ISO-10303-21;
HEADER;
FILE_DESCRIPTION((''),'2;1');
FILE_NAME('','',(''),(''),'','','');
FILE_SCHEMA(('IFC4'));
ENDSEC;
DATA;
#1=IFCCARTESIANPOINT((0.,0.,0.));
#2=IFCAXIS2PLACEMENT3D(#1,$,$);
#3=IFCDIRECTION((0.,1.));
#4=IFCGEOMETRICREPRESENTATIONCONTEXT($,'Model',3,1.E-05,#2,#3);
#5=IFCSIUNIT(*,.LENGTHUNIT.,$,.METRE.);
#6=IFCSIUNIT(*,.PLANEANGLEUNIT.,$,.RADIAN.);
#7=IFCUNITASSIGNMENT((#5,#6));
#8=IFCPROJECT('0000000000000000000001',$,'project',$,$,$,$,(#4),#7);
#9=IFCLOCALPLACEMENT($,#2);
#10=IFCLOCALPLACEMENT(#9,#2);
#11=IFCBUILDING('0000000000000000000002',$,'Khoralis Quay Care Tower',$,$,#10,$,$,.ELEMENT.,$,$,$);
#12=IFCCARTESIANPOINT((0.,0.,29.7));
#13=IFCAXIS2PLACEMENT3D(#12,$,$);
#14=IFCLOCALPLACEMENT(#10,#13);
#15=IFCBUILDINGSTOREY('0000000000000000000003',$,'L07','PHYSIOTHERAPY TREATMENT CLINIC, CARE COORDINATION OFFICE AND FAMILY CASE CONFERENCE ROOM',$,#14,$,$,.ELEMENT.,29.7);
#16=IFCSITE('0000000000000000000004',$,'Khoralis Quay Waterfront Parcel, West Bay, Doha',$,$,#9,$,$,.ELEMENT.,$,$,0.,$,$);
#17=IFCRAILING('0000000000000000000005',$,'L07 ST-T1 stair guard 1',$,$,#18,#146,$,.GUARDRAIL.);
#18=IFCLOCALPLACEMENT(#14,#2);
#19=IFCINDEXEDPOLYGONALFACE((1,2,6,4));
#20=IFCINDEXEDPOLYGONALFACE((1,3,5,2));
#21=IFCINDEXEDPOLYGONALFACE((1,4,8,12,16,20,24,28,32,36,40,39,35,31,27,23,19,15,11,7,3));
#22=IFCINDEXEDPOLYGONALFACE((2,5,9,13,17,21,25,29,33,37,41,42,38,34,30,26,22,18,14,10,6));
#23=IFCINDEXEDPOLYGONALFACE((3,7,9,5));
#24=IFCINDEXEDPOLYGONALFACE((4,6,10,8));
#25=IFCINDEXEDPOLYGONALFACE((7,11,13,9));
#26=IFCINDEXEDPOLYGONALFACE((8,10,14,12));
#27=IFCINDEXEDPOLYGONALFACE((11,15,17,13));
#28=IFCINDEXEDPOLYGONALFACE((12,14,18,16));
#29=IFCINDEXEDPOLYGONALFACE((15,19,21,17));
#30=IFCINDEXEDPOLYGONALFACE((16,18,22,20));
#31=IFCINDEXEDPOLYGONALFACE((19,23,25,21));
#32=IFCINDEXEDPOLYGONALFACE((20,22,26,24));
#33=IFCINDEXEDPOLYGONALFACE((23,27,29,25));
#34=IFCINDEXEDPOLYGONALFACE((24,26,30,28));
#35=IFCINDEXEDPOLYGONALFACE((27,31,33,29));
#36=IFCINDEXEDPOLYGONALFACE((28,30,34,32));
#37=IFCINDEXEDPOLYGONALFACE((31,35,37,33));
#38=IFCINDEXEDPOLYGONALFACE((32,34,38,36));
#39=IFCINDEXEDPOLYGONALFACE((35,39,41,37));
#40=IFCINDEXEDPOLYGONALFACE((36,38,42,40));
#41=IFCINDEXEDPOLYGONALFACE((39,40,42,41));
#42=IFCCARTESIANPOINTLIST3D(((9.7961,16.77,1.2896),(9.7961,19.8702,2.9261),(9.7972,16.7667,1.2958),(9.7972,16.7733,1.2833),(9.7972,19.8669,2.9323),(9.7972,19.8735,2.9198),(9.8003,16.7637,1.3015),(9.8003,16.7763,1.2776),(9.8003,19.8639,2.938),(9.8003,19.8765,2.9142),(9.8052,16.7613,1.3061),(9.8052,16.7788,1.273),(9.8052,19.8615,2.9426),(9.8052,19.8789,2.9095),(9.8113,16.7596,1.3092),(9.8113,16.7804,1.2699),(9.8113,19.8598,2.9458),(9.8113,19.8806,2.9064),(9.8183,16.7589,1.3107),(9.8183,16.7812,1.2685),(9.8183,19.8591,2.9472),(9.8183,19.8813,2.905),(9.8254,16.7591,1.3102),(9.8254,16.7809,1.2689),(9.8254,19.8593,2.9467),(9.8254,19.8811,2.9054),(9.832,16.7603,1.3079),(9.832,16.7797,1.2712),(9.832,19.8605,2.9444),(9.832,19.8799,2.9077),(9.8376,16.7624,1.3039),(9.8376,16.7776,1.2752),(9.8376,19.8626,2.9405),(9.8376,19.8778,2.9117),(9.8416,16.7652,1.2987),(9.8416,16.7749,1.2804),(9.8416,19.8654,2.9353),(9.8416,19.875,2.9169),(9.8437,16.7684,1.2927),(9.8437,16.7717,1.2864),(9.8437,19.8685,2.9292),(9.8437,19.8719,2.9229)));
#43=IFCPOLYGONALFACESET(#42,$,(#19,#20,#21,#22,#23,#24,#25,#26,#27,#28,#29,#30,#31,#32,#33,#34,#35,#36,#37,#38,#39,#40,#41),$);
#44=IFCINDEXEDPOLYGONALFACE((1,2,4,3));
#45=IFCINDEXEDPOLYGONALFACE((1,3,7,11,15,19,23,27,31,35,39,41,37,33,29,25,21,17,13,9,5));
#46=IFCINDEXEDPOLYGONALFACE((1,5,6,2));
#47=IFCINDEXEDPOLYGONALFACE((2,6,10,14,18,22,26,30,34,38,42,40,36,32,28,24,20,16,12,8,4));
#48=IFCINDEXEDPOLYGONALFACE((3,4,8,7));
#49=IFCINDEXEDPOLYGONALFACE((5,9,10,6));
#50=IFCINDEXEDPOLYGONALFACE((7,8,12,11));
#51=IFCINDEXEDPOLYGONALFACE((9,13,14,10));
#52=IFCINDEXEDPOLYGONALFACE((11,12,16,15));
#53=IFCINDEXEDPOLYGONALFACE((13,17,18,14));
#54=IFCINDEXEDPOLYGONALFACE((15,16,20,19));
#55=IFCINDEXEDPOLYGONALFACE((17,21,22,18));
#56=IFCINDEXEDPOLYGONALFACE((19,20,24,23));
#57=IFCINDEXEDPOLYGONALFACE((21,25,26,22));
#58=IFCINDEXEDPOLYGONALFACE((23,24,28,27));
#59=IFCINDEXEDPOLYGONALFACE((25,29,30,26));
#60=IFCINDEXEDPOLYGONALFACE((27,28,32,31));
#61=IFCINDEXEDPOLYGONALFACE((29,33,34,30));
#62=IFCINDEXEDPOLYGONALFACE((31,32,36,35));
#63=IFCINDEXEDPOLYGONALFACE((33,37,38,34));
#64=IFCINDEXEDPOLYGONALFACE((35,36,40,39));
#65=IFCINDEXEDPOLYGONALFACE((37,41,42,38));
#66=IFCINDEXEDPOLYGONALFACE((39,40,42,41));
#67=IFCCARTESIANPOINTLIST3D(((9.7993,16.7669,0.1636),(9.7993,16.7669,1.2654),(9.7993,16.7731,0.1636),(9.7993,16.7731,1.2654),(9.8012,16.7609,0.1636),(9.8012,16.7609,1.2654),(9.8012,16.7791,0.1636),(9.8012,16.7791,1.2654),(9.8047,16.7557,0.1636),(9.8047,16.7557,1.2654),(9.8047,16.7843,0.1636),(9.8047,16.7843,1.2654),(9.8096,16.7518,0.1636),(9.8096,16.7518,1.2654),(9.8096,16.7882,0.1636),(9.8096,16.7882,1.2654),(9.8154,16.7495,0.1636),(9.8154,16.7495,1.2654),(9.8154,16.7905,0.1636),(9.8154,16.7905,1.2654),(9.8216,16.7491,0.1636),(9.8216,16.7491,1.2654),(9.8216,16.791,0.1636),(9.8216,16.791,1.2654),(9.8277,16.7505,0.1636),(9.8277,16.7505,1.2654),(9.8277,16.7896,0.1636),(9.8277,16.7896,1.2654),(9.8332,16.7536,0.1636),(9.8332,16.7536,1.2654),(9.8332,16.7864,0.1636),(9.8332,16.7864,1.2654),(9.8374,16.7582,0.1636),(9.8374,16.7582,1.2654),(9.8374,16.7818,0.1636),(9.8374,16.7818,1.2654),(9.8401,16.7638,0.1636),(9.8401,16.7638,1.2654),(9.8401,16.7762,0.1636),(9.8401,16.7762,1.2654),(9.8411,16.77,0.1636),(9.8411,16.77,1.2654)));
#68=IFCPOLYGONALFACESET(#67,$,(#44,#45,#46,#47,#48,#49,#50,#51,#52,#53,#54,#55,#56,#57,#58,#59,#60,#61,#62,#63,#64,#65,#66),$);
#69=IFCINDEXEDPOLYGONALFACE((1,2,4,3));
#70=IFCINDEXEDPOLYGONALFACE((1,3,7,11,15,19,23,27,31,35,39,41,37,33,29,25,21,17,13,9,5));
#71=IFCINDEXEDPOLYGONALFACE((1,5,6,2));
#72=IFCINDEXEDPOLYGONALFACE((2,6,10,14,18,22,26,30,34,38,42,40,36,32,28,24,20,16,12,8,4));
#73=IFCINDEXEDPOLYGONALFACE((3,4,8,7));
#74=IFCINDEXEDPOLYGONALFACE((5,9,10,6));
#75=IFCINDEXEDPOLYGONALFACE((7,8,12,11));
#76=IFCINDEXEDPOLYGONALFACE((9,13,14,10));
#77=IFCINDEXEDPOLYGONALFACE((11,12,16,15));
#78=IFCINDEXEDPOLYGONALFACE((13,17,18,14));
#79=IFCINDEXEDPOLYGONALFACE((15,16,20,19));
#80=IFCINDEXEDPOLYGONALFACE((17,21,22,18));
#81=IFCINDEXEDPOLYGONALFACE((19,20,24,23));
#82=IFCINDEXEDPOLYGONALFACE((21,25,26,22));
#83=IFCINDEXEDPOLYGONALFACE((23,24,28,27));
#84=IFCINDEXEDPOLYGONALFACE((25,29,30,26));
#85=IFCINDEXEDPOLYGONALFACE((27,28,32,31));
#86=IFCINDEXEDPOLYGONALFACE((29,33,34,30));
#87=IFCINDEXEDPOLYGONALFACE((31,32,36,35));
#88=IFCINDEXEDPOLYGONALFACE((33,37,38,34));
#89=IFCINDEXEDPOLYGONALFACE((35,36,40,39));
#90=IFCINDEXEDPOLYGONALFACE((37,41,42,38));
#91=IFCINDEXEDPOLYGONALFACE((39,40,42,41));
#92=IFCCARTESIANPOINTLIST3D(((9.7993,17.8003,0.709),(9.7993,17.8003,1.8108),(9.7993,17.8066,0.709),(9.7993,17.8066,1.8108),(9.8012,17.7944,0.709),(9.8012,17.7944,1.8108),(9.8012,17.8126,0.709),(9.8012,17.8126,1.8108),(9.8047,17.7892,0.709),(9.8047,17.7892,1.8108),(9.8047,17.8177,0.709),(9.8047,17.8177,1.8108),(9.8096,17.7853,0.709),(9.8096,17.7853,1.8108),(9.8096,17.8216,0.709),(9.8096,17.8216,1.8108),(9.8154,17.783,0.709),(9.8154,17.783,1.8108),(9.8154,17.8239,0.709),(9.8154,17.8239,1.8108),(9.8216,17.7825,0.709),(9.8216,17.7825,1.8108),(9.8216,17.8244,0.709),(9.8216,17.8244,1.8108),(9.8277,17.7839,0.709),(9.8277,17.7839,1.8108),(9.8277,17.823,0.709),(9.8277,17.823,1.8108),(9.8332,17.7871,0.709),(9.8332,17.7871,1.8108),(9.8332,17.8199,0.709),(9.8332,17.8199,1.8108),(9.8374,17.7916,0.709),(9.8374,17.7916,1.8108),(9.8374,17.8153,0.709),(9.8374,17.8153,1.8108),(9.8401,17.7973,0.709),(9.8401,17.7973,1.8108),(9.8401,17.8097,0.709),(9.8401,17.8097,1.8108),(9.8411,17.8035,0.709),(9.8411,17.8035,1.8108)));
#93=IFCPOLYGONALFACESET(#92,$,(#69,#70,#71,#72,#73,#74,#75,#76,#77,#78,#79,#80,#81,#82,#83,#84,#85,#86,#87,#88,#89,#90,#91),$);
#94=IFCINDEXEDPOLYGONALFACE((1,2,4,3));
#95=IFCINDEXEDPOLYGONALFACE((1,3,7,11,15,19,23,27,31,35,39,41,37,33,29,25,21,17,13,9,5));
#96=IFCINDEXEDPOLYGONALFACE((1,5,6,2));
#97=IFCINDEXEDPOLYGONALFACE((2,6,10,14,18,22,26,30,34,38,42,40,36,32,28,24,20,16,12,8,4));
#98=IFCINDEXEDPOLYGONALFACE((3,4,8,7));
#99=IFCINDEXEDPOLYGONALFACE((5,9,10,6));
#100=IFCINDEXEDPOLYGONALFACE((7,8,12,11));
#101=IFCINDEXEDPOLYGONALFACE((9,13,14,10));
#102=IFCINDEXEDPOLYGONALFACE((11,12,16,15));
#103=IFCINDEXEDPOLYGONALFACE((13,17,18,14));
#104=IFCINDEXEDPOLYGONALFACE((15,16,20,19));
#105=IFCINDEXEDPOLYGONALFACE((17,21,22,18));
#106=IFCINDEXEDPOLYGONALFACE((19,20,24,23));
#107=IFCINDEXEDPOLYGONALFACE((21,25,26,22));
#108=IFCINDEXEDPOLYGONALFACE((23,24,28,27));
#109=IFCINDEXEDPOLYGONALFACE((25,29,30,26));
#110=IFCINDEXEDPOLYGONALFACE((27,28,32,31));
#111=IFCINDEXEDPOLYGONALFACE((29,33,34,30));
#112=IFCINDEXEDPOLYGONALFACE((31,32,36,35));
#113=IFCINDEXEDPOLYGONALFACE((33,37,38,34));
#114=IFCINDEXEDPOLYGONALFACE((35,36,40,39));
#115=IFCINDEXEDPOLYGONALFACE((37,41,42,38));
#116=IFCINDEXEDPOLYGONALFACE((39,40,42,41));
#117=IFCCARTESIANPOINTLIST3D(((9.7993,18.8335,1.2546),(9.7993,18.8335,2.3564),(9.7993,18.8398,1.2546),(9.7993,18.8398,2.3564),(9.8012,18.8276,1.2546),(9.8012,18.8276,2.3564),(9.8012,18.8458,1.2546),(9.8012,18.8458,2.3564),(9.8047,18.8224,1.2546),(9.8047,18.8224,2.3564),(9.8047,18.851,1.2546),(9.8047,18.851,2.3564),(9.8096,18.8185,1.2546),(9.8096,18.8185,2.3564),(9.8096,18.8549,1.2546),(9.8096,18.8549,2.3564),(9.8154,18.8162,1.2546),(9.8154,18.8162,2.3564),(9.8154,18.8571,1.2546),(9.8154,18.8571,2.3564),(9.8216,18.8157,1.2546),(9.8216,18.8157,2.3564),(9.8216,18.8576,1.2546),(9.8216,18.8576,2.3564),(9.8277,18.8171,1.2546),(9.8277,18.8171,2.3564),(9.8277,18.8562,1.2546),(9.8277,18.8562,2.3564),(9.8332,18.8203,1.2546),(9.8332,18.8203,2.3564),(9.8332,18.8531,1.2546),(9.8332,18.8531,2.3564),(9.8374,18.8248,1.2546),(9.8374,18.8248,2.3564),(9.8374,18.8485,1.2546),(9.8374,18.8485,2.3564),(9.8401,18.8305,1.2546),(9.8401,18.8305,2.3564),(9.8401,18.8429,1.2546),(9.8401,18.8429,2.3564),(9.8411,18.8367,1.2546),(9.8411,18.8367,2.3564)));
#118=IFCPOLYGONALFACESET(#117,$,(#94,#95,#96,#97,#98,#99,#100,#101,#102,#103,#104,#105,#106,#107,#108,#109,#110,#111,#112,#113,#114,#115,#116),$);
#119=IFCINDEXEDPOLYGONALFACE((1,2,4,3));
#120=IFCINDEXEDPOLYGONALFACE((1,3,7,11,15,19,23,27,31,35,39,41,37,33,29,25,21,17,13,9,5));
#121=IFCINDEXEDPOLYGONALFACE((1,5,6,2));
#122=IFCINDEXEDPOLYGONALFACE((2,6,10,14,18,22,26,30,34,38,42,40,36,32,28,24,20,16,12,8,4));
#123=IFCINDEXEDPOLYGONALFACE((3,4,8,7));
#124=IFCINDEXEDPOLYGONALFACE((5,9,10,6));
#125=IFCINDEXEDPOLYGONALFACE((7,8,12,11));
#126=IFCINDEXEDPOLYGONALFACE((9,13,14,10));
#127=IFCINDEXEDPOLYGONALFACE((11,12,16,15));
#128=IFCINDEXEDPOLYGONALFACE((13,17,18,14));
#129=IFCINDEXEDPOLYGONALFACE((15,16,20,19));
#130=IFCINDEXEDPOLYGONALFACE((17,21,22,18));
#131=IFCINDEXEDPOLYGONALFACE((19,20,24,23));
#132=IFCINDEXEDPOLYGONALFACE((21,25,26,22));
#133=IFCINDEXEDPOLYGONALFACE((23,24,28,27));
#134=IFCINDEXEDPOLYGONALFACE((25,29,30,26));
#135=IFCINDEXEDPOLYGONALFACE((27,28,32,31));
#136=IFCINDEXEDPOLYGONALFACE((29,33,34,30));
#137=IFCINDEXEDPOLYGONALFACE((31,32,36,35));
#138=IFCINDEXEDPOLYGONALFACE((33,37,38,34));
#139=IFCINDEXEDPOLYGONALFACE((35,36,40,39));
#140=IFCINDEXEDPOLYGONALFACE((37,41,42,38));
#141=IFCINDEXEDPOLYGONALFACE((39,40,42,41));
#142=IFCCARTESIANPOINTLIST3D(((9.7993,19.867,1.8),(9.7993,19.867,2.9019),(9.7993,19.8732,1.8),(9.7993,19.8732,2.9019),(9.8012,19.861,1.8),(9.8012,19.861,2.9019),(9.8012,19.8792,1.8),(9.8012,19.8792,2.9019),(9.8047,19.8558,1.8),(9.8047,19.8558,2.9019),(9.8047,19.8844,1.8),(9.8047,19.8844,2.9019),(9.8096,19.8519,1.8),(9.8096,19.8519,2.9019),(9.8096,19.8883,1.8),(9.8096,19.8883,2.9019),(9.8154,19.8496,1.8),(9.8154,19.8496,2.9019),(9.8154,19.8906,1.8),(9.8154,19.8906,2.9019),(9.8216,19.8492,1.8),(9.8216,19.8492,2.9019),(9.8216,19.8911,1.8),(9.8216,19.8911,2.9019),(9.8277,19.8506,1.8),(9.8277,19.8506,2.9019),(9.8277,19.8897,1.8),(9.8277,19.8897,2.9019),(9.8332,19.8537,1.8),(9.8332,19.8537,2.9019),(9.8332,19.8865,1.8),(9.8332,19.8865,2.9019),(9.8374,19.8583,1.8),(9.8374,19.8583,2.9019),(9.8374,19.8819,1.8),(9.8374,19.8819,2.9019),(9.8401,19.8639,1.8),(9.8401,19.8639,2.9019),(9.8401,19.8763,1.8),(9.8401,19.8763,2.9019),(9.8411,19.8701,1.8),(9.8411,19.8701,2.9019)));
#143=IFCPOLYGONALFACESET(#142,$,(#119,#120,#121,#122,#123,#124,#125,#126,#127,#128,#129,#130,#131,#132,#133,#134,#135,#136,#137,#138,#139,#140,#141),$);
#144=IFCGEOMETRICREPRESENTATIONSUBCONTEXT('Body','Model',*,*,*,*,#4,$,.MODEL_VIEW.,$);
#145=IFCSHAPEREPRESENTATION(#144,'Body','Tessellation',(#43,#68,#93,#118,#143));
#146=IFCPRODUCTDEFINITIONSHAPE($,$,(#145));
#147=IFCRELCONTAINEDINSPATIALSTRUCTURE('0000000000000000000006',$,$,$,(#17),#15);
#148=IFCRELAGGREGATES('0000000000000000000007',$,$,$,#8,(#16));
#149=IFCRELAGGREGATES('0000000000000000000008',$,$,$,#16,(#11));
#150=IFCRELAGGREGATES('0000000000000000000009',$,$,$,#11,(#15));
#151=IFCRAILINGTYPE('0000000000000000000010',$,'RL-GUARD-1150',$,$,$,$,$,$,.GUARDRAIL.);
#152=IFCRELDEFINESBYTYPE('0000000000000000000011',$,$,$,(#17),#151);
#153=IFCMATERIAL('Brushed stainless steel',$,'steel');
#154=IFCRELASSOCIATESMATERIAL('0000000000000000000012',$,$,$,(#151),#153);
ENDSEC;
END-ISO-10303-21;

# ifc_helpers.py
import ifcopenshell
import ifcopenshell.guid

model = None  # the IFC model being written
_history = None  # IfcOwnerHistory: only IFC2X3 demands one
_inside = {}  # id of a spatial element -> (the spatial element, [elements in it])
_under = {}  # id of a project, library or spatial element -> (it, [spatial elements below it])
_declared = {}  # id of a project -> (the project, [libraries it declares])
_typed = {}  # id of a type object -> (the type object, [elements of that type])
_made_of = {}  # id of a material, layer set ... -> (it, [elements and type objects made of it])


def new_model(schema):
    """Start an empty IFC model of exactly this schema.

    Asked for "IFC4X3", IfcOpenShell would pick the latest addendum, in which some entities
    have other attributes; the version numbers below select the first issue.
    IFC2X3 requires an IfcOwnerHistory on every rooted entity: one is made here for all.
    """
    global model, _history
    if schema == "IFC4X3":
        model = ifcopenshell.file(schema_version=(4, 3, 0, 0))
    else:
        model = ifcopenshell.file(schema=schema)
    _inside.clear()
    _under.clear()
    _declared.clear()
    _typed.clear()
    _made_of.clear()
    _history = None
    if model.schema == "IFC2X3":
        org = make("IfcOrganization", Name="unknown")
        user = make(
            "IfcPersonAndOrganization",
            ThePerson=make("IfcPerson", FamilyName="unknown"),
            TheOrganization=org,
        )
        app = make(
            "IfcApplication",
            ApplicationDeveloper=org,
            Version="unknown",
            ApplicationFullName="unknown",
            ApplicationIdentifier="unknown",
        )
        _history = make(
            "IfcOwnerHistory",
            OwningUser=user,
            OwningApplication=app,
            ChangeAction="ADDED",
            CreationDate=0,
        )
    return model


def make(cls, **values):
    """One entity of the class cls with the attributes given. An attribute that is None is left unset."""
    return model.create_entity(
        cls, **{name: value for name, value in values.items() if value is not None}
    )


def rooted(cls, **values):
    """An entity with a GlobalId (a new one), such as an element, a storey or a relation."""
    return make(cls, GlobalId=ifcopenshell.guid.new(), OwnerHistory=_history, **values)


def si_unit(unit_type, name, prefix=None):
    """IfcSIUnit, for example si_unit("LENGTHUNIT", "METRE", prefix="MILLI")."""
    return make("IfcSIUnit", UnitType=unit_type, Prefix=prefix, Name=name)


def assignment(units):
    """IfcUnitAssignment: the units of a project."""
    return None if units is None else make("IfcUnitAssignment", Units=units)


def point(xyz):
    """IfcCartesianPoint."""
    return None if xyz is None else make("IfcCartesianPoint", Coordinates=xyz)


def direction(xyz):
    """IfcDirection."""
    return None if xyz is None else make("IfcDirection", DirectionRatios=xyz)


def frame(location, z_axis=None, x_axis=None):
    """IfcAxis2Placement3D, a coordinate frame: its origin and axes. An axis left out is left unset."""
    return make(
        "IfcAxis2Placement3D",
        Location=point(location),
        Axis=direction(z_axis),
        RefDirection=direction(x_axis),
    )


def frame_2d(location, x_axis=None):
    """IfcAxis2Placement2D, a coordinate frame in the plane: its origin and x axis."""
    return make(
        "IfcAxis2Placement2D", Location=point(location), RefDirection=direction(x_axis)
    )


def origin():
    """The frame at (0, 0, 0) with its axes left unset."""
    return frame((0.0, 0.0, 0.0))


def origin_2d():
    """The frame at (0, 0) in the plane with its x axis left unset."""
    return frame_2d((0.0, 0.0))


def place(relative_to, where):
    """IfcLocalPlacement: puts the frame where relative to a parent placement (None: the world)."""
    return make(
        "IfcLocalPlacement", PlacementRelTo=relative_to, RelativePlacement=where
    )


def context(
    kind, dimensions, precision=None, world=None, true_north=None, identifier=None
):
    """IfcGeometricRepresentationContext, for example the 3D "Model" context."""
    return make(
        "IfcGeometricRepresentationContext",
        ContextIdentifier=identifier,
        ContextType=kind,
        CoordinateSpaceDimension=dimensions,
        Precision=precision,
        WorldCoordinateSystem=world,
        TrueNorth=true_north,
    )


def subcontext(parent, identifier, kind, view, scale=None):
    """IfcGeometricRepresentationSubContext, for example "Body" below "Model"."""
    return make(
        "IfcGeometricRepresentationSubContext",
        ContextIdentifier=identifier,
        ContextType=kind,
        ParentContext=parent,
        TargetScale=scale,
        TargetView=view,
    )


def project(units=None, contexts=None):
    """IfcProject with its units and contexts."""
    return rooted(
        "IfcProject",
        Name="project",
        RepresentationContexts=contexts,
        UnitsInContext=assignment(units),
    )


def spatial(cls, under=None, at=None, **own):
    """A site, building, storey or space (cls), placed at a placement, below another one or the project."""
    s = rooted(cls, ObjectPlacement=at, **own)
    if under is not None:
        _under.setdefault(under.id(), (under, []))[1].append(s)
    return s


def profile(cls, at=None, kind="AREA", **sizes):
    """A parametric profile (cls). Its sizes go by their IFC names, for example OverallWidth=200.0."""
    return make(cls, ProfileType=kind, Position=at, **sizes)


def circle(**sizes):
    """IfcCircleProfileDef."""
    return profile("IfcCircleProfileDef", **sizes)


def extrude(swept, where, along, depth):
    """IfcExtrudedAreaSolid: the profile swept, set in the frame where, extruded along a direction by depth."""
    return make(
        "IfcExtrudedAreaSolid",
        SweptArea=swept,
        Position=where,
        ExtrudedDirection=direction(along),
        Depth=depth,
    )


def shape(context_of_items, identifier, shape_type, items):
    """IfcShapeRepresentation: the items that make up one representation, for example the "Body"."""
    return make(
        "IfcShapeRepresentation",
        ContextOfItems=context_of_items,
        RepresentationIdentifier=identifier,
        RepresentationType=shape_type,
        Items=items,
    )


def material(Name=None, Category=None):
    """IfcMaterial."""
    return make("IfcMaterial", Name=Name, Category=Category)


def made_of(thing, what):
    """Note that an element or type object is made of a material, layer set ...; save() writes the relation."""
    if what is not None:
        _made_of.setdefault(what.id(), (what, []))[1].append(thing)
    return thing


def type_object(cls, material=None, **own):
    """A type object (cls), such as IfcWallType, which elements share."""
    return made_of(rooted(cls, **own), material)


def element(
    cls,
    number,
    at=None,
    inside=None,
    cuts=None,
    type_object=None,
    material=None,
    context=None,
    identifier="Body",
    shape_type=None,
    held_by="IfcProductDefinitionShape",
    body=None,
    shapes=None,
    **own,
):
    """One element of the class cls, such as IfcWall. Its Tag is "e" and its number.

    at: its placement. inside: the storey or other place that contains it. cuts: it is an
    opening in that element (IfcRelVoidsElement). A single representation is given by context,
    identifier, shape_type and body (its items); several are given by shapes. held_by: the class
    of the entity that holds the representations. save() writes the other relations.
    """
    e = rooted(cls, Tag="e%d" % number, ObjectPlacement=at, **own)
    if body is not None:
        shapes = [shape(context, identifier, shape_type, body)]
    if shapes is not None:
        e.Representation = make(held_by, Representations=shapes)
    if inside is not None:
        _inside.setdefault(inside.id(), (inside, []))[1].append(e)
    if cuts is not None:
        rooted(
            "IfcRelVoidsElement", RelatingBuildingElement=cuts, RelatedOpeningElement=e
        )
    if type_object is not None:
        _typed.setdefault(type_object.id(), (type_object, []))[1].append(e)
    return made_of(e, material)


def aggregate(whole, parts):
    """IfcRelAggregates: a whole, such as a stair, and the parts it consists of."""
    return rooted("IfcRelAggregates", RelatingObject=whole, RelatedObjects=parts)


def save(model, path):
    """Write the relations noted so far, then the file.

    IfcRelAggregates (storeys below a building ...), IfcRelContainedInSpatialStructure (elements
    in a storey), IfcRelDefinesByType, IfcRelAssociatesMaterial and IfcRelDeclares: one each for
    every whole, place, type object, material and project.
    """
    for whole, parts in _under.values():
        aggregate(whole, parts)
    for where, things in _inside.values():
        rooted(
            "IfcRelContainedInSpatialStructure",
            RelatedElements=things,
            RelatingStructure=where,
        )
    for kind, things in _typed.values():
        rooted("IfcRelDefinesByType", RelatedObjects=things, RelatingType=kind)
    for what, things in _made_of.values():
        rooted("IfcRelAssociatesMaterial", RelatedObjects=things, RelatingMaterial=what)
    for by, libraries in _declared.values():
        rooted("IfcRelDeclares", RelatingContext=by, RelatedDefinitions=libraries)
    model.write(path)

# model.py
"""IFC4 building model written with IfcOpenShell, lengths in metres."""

from ifc_helpers import new_model, si_unit, direction, frame, origin, origin_2d, place, context, subcontext, project, spatial, circle, extrude, material, type_object, element, save


model = new_model("IFC4")

# Units and contexts
model_context = context("Model", 3, precision=1e-05, world=origin(), true_north=direction((0.0, 1.0)))
body_context = subcontext(model_context, "Body", "Model", "MODEL_VIEW")
ifc_project = project(units=[si_unit("LENGTHUNIT", "METRE"), si_unit("PLANEANGLEUNIT", "RADIAN")], contexts=[model_context])

# Site, building, storey
site_placement = place(None, origin())
site = spatial("IfcSite", under=ifc_project, at=site_placement, Name="Khoralis Quay Waterfront Parcel, West Bay, Doha", CompositionType="ELEMENT", RefElevation=0.0)
building_placement = place(site_placement, origin())
building = spatial("IfcBuilding", under=site, at=building_placement, Name="Khoralis Quay Care Tower", CompositionType="ELEMENT")
storey_placement = place(building_placement, frame((0.0, 0.0, 29.7)))
storey = spatial("IfcBuildingStorey", under=building, at=storey_placement, Name="L07", Description="PHYSIOTHERAPY TREATMENT CLINIC, CARE COORDINATION OFFICE AND FAMILY CASE CONFERENCE ROOM", CompositionType="ELEMENT", Elevation=29.7)

# Shared definitions
ifc_material_1 = material(Name="Brushed stainless steel", Category="steel")

# Railing
railing_type_1 = type_object("IfcRailingType", Name="RL-GUARD-1150", PredefinedType="GUARDRAIL", material=ifc_material_1)
railing_1_placement = place(storey_placement, frame((9.8201, 16.77, 0.1636)))
element("IfcRailing", 1, at=railing_1_placement, inside=storey, type_object=railing_type_1, Name="L07 ST-T1 stair guard 1", PredefinedType="GUARDRAIL", context=body_context, shape_type="SweptSolid", body=[
    extrude(circle(Radius=0.0239, at=origin_2d()), frame((0.0, 0.0, 1.126), z_axis=(0.0, 0.884348, 0.466828), x_axis=(-1.0, 0.0, 0.0)), (0.0, 0.0, 1.0), 3.5056),
    extrude(circle(Radius=0.021, at=origin_2d()), origin(), (0.0, 0.0, 1.0), 1.1018),
    extrude(circle(Radius=0.021, at=origin_2d()), frame((0.0, 1.0334, 0.5454)), (0.0, 0.0, 1.0), 1.1018),
    extrude(circle(Radius=0.021, at=origin_2d()), frame((0.0, 2.0667, 1.0911)), (0.0, 0.0, 1.0), 1.1018),
    extrude(circle(Radius=0.021, at=origin_2d()), frame((0.0, 3.1001, 1.6365)), (0.0, 0.0, 1.0), 1.1018),
])

save(model, "model.ifc")
